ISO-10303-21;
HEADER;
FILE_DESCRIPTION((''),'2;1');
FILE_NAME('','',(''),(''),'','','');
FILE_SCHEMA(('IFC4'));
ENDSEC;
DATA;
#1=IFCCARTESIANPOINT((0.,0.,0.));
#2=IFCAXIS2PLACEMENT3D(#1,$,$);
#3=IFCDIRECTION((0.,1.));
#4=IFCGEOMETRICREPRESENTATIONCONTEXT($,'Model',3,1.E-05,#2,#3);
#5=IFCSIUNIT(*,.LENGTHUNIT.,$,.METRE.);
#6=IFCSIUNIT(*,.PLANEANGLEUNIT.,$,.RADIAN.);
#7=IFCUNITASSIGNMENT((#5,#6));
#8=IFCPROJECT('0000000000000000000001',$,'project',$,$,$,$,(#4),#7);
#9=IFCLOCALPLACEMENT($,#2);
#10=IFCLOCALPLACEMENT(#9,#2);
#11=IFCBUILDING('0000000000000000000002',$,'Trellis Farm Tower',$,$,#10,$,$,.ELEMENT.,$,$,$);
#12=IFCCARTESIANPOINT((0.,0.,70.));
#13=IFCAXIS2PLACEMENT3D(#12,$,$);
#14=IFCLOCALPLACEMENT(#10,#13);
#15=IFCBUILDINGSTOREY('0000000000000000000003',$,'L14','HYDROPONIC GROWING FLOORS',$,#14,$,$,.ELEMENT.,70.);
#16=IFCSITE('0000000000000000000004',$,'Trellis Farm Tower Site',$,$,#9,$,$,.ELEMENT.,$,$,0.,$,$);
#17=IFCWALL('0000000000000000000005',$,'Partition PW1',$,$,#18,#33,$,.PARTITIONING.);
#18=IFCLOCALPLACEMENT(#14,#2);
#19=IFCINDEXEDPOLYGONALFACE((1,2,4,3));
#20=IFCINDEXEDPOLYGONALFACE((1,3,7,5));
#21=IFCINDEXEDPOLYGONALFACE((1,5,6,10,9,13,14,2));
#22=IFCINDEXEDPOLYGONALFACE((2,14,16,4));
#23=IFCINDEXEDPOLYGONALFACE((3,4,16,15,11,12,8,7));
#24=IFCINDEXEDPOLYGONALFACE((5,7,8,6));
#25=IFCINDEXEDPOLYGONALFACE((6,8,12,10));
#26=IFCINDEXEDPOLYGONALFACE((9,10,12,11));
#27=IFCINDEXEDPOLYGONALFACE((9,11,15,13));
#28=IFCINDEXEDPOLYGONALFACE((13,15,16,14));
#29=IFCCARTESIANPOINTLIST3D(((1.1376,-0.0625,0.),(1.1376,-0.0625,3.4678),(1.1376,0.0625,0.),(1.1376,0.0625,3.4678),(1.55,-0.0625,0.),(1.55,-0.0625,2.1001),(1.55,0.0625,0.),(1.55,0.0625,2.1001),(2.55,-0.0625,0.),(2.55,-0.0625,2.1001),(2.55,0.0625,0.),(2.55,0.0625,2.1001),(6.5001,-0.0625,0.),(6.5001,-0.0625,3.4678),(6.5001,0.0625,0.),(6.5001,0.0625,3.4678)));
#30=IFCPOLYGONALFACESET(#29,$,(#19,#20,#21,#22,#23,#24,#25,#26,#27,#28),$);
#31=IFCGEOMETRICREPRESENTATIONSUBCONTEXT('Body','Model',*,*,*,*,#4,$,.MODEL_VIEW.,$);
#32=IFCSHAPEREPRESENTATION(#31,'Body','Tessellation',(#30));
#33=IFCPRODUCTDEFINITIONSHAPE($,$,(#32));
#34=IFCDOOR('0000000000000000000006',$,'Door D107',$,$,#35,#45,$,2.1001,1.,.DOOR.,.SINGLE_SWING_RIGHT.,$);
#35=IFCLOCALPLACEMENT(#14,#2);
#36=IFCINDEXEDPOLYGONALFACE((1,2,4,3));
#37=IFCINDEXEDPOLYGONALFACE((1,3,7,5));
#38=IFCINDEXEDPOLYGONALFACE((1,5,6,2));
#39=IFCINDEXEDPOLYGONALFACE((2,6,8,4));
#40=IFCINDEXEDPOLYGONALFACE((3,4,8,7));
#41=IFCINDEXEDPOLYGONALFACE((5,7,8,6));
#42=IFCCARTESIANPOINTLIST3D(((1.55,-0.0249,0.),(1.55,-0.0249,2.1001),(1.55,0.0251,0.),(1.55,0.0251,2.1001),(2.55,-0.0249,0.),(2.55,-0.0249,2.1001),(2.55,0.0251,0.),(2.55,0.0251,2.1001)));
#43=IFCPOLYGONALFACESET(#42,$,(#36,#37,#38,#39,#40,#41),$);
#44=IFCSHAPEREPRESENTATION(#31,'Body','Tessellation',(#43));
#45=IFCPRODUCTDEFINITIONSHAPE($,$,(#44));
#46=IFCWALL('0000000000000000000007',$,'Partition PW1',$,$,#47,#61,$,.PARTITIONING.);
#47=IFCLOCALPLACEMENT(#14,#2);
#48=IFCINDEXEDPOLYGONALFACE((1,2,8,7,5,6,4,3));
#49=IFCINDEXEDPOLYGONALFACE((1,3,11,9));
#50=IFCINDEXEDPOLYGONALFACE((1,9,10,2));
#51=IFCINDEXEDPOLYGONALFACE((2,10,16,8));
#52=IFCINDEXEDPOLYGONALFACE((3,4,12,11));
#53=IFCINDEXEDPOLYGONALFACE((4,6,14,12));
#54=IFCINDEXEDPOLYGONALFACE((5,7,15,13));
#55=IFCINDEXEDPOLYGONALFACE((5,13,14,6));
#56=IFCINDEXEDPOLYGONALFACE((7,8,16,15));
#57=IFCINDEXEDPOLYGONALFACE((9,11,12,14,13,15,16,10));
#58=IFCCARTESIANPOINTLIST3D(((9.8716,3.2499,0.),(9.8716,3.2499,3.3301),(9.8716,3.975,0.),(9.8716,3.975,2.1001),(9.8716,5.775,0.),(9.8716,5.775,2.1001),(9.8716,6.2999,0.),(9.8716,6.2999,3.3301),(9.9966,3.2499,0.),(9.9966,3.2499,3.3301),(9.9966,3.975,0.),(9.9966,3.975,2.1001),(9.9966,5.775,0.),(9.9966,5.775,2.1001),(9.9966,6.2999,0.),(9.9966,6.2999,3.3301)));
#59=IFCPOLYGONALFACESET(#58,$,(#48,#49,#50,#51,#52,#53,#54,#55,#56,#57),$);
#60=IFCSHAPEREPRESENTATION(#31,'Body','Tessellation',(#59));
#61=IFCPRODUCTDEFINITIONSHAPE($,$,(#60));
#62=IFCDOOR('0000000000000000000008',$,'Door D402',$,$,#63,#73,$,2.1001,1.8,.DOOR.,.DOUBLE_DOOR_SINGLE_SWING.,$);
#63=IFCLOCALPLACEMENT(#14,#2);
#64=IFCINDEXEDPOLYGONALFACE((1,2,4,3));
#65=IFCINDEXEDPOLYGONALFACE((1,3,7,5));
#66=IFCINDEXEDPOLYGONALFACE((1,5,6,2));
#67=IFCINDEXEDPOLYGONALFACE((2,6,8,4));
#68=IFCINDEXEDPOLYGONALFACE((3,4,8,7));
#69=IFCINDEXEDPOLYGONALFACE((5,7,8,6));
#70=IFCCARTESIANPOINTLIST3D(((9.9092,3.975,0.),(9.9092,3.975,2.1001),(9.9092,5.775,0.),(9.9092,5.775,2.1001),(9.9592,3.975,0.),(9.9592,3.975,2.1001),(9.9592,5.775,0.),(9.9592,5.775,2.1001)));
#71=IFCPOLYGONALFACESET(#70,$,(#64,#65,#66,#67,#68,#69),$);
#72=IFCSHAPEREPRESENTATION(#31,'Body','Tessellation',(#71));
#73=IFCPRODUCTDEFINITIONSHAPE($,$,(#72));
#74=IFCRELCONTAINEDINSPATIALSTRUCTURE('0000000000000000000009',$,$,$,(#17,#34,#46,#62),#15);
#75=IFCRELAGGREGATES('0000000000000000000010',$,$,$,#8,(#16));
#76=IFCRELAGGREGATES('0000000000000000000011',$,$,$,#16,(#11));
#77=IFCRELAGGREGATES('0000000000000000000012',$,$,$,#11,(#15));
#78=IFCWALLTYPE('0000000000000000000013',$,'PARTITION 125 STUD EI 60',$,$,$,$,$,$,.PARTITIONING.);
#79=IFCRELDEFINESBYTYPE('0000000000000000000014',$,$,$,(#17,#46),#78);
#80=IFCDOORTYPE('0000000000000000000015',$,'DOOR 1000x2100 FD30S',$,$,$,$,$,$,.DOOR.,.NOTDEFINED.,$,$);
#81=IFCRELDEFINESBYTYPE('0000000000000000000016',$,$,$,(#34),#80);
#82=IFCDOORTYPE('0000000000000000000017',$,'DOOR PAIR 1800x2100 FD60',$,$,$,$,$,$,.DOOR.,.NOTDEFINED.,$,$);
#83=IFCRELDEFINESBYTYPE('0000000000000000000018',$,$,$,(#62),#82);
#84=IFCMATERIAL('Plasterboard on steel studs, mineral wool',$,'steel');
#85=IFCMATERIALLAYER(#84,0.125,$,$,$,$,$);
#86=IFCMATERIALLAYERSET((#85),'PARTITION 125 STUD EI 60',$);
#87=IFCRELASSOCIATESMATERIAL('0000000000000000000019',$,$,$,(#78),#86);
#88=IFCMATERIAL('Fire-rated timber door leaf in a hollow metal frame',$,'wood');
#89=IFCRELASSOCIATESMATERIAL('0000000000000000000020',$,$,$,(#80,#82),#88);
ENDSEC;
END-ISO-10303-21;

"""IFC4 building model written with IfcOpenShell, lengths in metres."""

from ifc_helpers import new_model, si_unit, direction, frame, frame_2d, origin, place, context, subcontext, project, spatial, rectangle, extrude, source, transform, mapped, material, layer, layer_set, type_object, element, fill, save


model = new_model("IFC4")

# Units and contexts
model_context = context("Model", 3, precision=1e-05, world=origin(), true_north=direction((0.0, 1.0)))
body_context = subcontext(model_context, "Body", "Model", "MODEL_VIEW")
ifc_project = project(units=[si_unit("LENGTHUNIT", "METRE"), si_unit("PLANEANGLEUNIT", "RADIAN")], contexts=[model_context])

# Site, building, storey
site_placement = place(None, origin())
site = spatial("IfcSite", under=ifc_project, at=site_placement, Name="Trellis Farm Tower Site", CompositionType="ELEMENT", RefElevation=0.0)
building_placement = place(site_placement, origin())
building = spatial("IfcBuilding", under=site, at=building_placement, Name="Trellis Farm Tower", CompositionType="ELEMENT")
storey_placement = place(building_placement, frame((0.0, 0.0, 70.0)))
storey = spatial("IfcBuildingStorey", under=building, at=storey_placement, Name="L14", Description="HYDROPONIC GROWING FLOORS", CompositionType="ELEMENT", Elevation=70.0)

# Shared definitions
ifc_material_1 = material(Name="Plasterboard on steel studs, mineral wool", Category="steel")
ifc_layer_1 = layer(ifc_material_1, 0.125)
ifc_layer_set_1 = layer_set([ifc_layer_1], Name="PARTITION 125 STUD EI 60")
wall_type_1 = type_object("IfcWallType", Name="PARTITION 125 STUD EI 60", PredefinedType="PARTITIONING", material=ifc_layer_set_1)

# Walls, openings, doors
shared_shape_1 = source(origin(), body_context, "Body", "SweptSolid", [
    extrude(rectangle(XDim=5.3625, YDim=0.125, at=frame_2d((2.6812, 0.0))), origin(), (0.0, 0.0, 1.0), 3.4678),
])
wall_1_placement = place(storey_placement, frame((6.5, 0.0, 0.0), z_axis=(0.0, 0.0, 1.0), x_axis=(-1.0, 0.0, 0.0)))
wall_1 = element("IfcWall", 1, at=wall_1_placement, inside=storey, type_object=wall_type_1, Name="Partition PW1", PredefinedType="PARTITIONING", context=body_context, shape_type="MappedRepresentation", body=[
    mapped(shared_shape_1, transform((0.0, 0.0, 0.0))),
])
shared_shape_2 = source(origin(), body_context, "Body", "SweptSolid", [
    extrude(rectangle(XDim=1.0, YDim=2.1001, at=frame_2d((0.5, 1.05))), frame((0.0, 0.0725, 0.0), z_axis=(0.0, -1.0, 0.0), x_axis=(1.0, 0.0, 0.0)), (0.0, 0.0, 1.0), 0.145),
])
opening_1_placement = place(wall_1_placement, frame((3.95, 0.0, 0.0)))
opening_1 = element("IfcOpeningElement", 2, at=opening_1_placement, cuts=wall_1, PredefinedType="OPENING", context=body_context, shape_type="MappedRepresentation", body=[
    mapped(shared_shape_2, transform((0.0, 0.0, 0.0))),
])
ifc_material_2 = material(Name="Fire-rated timber door leaf in a hollow metal frame", Category="wood")
door_type_1 = type_object("IfcDoorType", Name="DOOR 1000x2100 FD30S", OperationType="NOTDEFINED", PredefinedType="DOOR", material=ifc_material_2)
shared_shape_3 = source(origin(), body_context, "Body", "SweptSolid", [
    extrude(rectangle(XDim=1.0, YDim=2.1001, at=frame_2d((0.5, 1.05))), frame((0.0, 0.0249, 0.0), z_axis=(0.0, -1.0, 0.0), x_axis=(1.0, 0.0, 0.0)), (0.0, 0.0, 1.0), 0.05),
])
door_1_placement = place(opening_1_placement, origin())
door_1 = element("IfcDoor", 3, at=door_1_placement, inside=storey, type_object=door_type_1, Name="Door D107", OperationType="SINGLE_SWING_RIGHT", OverallHeight=2.1001, OverallWidth=1.0, PredefinedType="DOOR", context=body_context, shape_type="MappedRepresentation", body=[
    mapped(shared_shape_3, transform((0.0, 0.0, 0.0))),
])
fill(opening_1, door_1)
shared_shape_4 = source(origin(), body_context, "Body", "SweptSolid", [
    extrude(rectangle(XDim=3.05, YDim=0.125, at=frame_2d((1.5249, 0.0))), origin(), (0.0, 0.0, 1.0), 3.3301),
])
wall_2_placement = place(storey_placement, frame((9.9341, 3.25, 0.0), z_axis=(0.0, 0.0, 1.0), x_axis=(0.0, 1.0, 0.0)))
wall_2 = element("IfcWall", 4, at=wall_2_placement, inside=storey, type_object=wall_type_1, Name="Partition PW1", PredefinedType="PARTITIONING", context=body_context, shape_type="MappedRepresentation", body=[
    mapped(shared_shape_4, transform((0.0, 0.0, 0.0))),
])
shared_shape_5 = source(origin(), body_context, "Body", "SweptSolid", [
    extrude(rectangle(XDim=1.8, YDim=2.1001, at=frame_2d((0.8999, 1.05))), frame((0.0, 0.0725, 0.0), z_axis=(0.0, -1.0, 0.0), x_axis=(1.0, 0.0, 0.0)), (0.0, 0.0, 1.0), 0.145),
])
opening_2_placement = place(wall_2_placement, frame((0.7251, 0.0, 0.0)))
opening_2 = element("IfcOpeningElement", 5, at=opening_2_placement, cuts=wall_2, PredefinedType="OPENING", context=body_context, shape_type="MappedRepresentation", body=[
    mapped(shared_shape_5, transform((0.0, 0.0, 0.0))),
])
door_type_2 = type_object("IfcDoorType", Name="DOOR PAIR 1800x2100 FD60", OperationType="NOTDEFINED", PredefinedType="DOOR", material=ifc_material_2)
shared_shape_6 = source(origin(), body_context, "Body", "SweptSolid", [
    extrude(rectangle(XDim=1.8, YDim=2.1001, at=frame_2d((0.8999, 1.05))), frame((0.0, 0.0249, 0.0), z_axis=(0.0, -1.0, 0.0), x_axis=(1.0, 0.0, 0.0)), (0.0, 0.0, 1.0), 0.05),
])
door_2_placement = place(opening_2_placement, origin())
door_2 = element("IfcDoor", 6, at=door_2_placement, inside=storey, type_object=door_type_2, Name="Door D402", OperationType="DOUBLE_DOOR_SINGLE_SWING", OverallHeight=2.1001, OverallWidth=1.8, PredefinedType="DOOR", context=body_context, shape_type="MappedRepresentation", body=[
    mapped(shared_shape_6, transform((0.0, 0.0, 0.0))),
])
fill(opening_2, door_2)

save(model, "model.ifc")
